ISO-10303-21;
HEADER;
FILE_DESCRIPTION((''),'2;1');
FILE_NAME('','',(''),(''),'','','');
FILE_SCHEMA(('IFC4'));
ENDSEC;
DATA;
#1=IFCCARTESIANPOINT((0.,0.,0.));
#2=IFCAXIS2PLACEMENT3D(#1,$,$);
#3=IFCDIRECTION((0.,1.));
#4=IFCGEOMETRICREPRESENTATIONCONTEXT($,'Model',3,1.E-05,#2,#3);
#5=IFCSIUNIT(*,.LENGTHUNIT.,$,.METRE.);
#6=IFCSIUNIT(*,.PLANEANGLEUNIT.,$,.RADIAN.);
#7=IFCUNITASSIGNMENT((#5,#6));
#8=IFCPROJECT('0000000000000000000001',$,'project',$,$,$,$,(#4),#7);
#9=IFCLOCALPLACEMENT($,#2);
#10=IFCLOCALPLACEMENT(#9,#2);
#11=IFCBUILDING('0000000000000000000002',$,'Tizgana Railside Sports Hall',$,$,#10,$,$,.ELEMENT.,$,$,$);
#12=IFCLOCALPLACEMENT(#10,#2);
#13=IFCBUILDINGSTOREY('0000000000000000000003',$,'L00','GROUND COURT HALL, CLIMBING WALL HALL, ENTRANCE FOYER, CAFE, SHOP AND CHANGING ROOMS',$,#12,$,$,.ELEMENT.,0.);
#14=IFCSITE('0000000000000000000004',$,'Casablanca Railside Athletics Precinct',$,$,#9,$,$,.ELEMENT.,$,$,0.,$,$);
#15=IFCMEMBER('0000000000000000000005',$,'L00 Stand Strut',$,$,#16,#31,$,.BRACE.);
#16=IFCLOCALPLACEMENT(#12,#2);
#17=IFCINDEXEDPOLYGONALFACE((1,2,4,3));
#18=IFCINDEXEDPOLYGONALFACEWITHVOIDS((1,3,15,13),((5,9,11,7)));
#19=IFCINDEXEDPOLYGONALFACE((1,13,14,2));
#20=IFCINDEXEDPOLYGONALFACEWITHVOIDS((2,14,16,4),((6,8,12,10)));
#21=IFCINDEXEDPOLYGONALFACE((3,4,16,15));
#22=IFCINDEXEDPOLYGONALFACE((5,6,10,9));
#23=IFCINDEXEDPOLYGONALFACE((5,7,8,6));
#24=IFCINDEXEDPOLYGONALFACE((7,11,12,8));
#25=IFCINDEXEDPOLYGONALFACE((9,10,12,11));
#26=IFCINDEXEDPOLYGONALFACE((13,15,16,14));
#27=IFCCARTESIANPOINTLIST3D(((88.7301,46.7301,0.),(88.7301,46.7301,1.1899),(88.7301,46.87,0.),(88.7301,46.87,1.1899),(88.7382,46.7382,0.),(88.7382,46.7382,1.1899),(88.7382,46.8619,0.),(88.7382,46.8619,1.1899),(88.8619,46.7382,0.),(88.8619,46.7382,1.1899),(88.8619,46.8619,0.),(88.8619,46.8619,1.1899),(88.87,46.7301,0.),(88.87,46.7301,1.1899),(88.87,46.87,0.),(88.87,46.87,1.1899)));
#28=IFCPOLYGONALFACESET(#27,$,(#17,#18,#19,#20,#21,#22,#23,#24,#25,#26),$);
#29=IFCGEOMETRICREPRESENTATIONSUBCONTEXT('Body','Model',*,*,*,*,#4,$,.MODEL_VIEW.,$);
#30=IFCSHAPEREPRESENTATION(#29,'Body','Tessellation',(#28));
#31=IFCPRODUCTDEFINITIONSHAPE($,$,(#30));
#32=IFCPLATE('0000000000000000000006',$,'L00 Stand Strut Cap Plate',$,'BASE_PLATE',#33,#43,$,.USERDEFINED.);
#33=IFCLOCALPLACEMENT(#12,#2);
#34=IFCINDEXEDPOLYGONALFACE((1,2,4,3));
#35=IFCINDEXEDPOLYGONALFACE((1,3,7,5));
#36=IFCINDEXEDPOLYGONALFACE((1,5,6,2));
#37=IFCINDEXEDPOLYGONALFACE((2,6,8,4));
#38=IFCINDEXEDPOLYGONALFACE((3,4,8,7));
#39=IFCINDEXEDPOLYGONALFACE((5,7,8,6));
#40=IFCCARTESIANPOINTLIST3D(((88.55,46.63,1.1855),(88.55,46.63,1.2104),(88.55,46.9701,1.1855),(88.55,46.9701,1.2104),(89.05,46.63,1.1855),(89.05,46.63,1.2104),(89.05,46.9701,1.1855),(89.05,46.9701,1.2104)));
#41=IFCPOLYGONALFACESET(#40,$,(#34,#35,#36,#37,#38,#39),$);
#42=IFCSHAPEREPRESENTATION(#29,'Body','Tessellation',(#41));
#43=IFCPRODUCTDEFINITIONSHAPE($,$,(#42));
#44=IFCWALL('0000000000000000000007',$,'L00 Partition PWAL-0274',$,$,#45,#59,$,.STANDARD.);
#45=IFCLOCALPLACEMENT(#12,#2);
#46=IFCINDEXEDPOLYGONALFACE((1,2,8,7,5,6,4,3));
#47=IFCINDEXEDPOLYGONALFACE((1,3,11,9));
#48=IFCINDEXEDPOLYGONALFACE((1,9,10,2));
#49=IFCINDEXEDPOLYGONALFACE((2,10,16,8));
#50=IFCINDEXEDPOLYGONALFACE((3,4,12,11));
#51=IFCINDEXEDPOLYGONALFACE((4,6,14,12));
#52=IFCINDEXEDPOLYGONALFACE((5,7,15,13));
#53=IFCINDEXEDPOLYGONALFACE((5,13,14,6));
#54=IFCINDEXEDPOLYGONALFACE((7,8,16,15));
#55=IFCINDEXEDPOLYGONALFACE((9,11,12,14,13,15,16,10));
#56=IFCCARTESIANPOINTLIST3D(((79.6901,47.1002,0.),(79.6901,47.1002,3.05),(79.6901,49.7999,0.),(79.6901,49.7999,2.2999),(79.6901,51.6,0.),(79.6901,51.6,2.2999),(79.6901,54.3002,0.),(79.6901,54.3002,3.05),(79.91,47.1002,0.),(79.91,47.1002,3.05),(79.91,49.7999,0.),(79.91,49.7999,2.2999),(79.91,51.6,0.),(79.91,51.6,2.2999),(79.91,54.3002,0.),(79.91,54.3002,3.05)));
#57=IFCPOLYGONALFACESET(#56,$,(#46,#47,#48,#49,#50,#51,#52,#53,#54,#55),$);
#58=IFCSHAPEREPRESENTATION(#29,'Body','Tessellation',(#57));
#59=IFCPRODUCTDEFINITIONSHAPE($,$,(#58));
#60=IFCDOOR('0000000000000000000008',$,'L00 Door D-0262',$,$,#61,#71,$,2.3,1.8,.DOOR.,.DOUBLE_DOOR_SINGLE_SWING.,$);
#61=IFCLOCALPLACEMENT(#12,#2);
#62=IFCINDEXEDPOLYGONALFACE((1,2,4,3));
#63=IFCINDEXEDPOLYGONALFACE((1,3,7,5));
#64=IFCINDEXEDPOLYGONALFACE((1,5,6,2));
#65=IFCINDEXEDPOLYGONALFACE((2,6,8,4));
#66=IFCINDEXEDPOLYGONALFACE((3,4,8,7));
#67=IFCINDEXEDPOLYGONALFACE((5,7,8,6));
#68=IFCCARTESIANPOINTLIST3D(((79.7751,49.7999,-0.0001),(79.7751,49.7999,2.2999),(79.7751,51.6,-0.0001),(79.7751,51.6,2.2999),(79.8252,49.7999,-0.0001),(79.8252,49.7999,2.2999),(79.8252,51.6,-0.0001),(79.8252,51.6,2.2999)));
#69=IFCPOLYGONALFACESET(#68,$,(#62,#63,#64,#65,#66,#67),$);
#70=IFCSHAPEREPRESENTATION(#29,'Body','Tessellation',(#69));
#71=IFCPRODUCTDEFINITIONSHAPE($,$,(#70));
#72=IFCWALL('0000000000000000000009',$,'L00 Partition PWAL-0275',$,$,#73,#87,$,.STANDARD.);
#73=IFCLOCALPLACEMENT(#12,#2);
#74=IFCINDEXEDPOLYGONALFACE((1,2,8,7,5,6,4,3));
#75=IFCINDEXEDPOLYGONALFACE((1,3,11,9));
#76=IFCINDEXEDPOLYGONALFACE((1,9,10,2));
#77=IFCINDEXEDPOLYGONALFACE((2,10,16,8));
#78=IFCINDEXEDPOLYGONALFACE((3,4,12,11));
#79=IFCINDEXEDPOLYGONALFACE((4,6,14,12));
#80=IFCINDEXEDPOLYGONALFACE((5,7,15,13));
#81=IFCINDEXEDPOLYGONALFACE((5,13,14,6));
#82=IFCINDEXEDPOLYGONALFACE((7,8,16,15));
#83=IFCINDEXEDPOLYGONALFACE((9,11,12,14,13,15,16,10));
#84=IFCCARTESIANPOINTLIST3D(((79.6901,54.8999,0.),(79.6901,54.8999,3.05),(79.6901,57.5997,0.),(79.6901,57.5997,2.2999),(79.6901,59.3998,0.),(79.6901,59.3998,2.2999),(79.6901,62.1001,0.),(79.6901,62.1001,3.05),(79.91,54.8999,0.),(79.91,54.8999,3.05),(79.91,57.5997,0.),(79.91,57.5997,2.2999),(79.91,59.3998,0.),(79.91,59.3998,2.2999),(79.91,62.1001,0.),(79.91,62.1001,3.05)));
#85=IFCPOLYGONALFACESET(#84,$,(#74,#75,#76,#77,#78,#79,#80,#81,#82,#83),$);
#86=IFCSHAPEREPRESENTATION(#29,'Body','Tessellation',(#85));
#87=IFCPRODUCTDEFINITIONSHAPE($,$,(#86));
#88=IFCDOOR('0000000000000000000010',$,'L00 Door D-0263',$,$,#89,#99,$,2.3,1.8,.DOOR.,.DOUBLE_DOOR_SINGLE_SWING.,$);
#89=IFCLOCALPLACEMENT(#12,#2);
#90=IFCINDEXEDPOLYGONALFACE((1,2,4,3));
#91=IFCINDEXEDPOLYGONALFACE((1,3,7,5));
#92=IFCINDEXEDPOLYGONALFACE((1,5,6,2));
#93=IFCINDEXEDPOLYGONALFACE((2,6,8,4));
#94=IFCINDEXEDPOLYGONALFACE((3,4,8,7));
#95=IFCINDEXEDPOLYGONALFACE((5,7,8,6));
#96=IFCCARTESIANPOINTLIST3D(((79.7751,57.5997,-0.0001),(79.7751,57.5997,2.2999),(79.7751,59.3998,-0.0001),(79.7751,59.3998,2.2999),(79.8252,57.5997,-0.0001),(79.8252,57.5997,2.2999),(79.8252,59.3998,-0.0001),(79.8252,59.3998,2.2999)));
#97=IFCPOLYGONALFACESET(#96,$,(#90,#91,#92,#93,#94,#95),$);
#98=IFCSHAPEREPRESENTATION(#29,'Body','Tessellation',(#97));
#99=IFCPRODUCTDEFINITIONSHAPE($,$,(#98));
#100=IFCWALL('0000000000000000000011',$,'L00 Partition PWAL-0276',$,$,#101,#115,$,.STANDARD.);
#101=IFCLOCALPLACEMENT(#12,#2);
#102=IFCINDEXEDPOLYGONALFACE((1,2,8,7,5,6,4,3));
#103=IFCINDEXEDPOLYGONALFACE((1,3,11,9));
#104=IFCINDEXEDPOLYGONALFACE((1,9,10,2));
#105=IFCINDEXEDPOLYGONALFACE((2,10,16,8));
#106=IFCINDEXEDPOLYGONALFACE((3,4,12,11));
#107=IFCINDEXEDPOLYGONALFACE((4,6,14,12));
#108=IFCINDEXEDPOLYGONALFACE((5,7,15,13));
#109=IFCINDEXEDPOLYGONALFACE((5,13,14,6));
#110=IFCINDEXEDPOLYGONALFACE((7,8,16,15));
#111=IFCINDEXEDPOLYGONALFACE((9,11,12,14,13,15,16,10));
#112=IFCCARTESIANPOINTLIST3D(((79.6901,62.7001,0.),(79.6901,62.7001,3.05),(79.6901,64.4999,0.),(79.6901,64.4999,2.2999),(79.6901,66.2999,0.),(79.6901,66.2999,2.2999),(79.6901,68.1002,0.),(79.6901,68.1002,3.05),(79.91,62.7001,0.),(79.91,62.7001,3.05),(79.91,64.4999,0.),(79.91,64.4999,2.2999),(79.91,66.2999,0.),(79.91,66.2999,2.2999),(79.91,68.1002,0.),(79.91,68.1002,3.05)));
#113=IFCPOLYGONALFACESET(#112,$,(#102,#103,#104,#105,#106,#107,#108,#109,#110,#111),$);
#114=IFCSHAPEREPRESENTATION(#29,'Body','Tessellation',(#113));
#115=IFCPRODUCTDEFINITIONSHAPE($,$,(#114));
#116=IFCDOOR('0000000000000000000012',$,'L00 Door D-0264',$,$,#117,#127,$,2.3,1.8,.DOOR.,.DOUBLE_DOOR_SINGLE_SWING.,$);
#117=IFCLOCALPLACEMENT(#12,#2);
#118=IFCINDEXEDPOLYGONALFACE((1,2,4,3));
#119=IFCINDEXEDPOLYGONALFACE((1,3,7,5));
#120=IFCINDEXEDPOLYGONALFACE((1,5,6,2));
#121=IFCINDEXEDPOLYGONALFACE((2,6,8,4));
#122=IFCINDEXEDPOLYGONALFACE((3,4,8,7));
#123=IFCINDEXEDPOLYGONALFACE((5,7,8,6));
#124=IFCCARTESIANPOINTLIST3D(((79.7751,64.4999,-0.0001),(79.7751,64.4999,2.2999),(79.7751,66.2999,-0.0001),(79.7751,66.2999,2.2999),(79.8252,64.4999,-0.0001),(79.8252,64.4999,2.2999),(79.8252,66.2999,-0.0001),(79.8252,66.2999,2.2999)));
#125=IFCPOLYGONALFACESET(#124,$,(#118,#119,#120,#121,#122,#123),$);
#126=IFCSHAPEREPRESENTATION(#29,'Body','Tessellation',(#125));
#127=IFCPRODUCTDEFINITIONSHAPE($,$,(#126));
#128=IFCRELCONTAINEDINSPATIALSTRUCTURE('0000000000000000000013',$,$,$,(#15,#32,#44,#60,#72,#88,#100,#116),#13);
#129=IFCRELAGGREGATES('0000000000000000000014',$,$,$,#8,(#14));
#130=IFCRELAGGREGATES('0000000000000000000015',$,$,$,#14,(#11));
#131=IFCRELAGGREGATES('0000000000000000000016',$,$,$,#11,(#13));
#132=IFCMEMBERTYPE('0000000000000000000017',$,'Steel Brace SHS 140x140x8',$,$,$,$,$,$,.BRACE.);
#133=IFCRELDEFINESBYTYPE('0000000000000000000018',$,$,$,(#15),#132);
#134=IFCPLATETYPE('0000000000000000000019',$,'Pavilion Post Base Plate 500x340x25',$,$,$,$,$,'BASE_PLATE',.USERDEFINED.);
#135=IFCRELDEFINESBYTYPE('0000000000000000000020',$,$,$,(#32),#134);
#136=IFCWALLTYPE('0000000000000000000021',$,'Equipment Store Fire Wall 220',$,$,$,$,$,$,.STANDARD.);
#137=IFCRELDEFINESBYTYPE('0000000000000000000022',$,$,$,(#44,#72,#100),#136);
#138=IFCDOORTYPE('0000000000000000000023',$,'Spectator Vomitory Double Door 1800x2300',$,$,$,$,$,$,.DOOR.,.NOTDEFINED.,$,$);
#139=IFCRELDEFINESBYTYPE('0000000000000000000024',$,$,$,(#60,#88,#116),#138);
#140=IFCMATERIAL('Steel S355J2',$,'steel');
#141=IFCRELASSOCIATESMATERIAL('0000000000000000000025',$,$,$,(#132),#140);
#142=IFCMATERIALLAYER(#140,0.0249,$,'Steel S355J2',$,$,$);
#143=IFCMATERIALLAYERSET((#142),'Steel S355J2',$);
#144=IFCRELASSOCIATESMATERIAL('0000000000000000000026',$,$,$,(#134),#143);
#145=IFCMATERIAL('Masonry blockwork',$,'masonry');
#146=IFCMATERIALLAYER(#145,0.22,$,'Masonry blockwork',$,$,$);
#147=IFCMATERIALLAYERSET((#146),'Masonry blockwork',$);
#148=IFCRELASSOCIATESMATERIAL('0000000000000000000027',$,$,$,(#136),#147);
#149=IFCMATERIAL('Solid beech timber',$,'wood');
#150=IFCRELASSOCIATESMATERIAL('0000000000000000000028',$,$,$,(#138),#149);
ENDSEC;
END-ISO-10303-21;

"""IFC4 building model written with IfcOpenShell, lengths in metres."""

from ifc_helpers import new_model, si_unit, direction, frame, frame_2d, origin, origin_2d, place, context, subcontext, project, spatial, rectangle, hollow_rectangle, extrude, material, layer, layer_set, material_profile, profile_set, type_object, element, fill, save


model = new_model("IFC4")

# Units and contexts
model_context = context("Model", 3, precision=1e-05, world=origin(), true_north=direction((0.0, 1.0)))
body_context = subcontext(model_context, "Body", "Model", "MODEL_VIEW")
ifc_project = project(units=[si_unit("LENGTHUNIT", "METRE"), si_unit("PLANEANGLEUNIT", "RADIAN")], contexts=[model_context])

# Site, building, storey
site_placement = place(None, origin())
site = spatial("IfcSite", under=ifc_project, at=site_placement, Name="Casablanca Railside Athletics Precinct", CompositionType="ELEMENT", RefElevation=0.0)
building_placement = place(site_placement, origin())
building = spatial("IfcBuilding", under=site, at=building_placement, Name="Tizgana Railside Sports Hall", CompositionType="ELEMENT")
storey_placement = place(building_placement, origin())
storey = spatial("IfcBuildingStorey", under=building, at=storey_placement, Name="L00", Description="GROUND COURT HALL, CLIMBING WALL HALL, ENTRANCE FOYER, CAFE, SHOP AND CHANGING ROOMS", CompositionType="ELEMENT", Elevation=0.0)

# Shared definitions
ifc_material_1 = material(Name="Steel S355J2", Category="steel")

# Member
ifc_material_profile_1 = material_profile(ifc_material_1, hollow_rectangle(XDim=0.1399, YDim=0.1399, WallThickness=0.0081, at=origin_2d()), Name="SHS 140x140x8")
ifc_profile_set_1 = profile_set([ifc_material_profile_1], Name="Steel S355J2")
member_type = type_object("IfcMemberType", Name="Steel Brace SHS 140x140x8", PredefinedType="BRACE", material=ifc_profile_set_1)
member_placement = place(storey_placement, frame((88.8, 46.8, 0.0), z_axis=(0.0, 0.0, 1.0), x_axis=(1.0, 0.0, 0.0)))
element("IfcMember", 1, at=member_placement, inside=storey, type_object=member_type, Name="L00 Stand Strut", PredefinedType="BRACE", context=body_context, shape_type="SweptSolid", body=[
    extrude(hollow_rectangle(XDim=0.1399, YDim=0.1399, WallThickness=0.0081, at=origin_2d()), origin(), (0.0, 0.0, 1.0), 1.1899),
])

# Plate
ifc_layer_1 = layer(ifc_material_1, 0.0249, Name="Steel S355J2")
ifc_layer_set_1 = layer_set([ifc_layer_1], Name="Steel S355J2")
plate_type = type_object("IfcPlateType", Name="Pavilion Post Base Plate 500x340x25", ElementType="BASE_PLATE", PredefinedType="USERDEFINED", material=ifc_layer_set_1)
plate_placement = place(storey_placement, frame((88.8, 46.8, 1.1855), z_axis=(0.0, 0.0, 1.0), x_axis=(1.0, 0.0, 0.0)))
element("IfcPlate", 2, at=plate_placement, inside=storey, type_object=plate_type, Name="L00 Stand Strut Cap Plate", ObjectType="BASE_PLATE", PredefinedType="USERDEFINED", context=body_context, shape_type="SweptSolid", body=[
    extrude(rectangle(XDim=0.5, YDim=0.3401, at=origin_2d()), origin(), (0.0, 0.0, 1.0), 0.0249),
])

# Walls, openings, doors
ifc_material_2 = material(Name="Masonry blockwork", Category="masonry")
ifc_layer_2 = layer(ifc_material_2, 0.22, Name="Masonry blockwork")
ifc_layer_set_2 = layer_set([ifc_layer_2], Name="Masonry blockwork")
wall_type = type_object("IfcWallType", Name="Equipment Store Fire Wall 220", PredefinedType="STANDARD", material=ifc_layer_set_2)
wall_1_placement = place(storey_placement, frame((79.8, 47.1001, 0.0), z_axis=(0.0, 0.0, 1.0), x_axis=(0.0, 1.0, 0.0)))
wall_1 = element("IfcWall", 3, at=wall_1_placement, inside=storey, type_object=wall_type, Name="L00 Partition PWAL-0274", PredefinedType="STANDARD", context=body_context, shape_type="SweptSolid", body=[
    extrude(rectangle(XDim=7.2, YDim=0.22, at=frame_2d((3.6001, 0.0))), origin(), (0.0, 0.0, 1.0), 3.05),
])
opening_1_placement = place(wall_1_placement, frame((2.7, 0.0, 0.0)))
opening_1 = element("IfcOpeningElement", 4, at=opening_1_placement, cuts=wall_1, PredefinedType="OPENING", context=body_context, shape_type="SweptSolid", body=[
    extrude(rectangle(XDim=1.8, YDim=2.3, at=frame_2d((0.8999, 1.1499))), frame((0.0, 0.1199, 0.0), z_axis=(0.0, -1.0, 0.0), x_axis=(1.0, 0.0, 0.0)), (0.0, 0.0, 1.0), 0.24),
])
ifc_material_3 = material(Name="Solid beech timber", Category="wood")
door_type = type_object("IfcDoorType", Name="Spectator Vomitory Double Door 1800x2300", OperationType="NOTDEFINED", PredefinedType="DOOR", material=ifc_material_3)
door_1_placement = place(opening_1_placement, origin())
door_1 = element("IfcDoor", 5, at=door_1_placement, inside=storey, type_object=door_type, Name="L00 Door D-0262", OperationType="DOUBLE_DOOR_SINGLE_SWING", OverallHeight=2.3, OverallWidth=1.8, PredefinedType="DOOR", context=body_context, shape_type="SweptSolid", body=[
    extrude(rectangle(XDim=1.8, YDim=2.3, at=frame_2d((0.8999, 1.1499))), frame((0.0, 0.0249, 0.0), z_axis=(0.0, -1.0, 0.0), x_axis=(1.0, 0.0, 0.0)), (0.0, 0.0, 1.0), 0.05),
])
fill(opening_1, door_1)
wall_2_placement = place(storey_placement, frame((79.8, 54.8999, 0.0), z_axis=(0.0, 0.0, 1.0), x_axis=(0.0, 1.0, 0.0)))
wall_2 = element("IfcWall", 6, at=wall_2_placement, inside=storey, type_object=wall_type, Name="L00 Partition PWAL-0275", PredefinedType="STANDARD", context=body_context, shape_type="SweptSolid", body=[
    extrude(rectangle(XDim=7.2002, YDim=0.22, at=frame_2d((3.6001, 0.0))), origin(), (0.0, 0.0, 1.0), 3.05),
])
opening_2_placement = place(wall_2_placement, frame((2.7, 0.0, 0.0)))
opening_2 = element("IfcOpeningElement", 7, at=opening_2_placement, cuts=wall_2, PredefinedType="OPENING", context=body_context, shape_type="SweptSolid", body=[
    extrude(rectangle(XDim=1.8, YDim=2.3, at=frame_2d((0.8999, 1.1499))), frame((0.0, 0.1199, 0.0), z_axis=(0.0, -1.0, 0.0), x_axis=(1.0, 0.0, 0.0)), (0.0, 0.0, 1.0), 0.24),
])
door_2_placement = place(opening_2_placement, origin())
door_2 = element("IfcDoor", 8, at=door_2_placement, inside=storey, type_object=door_type, Name="L00 Door D-0263", OperationType="DOUBLE_DOOR_SINGLE_SWING", OverallHeight=2.3, OverallWidth=1.8, PredefinedType="DOOR", context=body_context, shape_type="SweptSolid", body=[
    extrude(rectangle(XDim=1.8, YDim=2.3, at=frame_2d((0.8999, 1.1499))), frame((0.0, 0.0249, 0.0), z_axis=(0.0, -1.0, 0.0), x_axis=(1.0, 0.0, 0.0)), (0.0, 0.0, 1.0), 0.05),
])
fill(opening_2, door_2)
wall_3_placement = place(storey_placement, frame((79.8, 62.7, 0.0), z_axis=(0.0, 0.0, 1.0), x_axis=(0.0, 1.0, 0.0)))
wall_3 = element("IfcWall", 9, at=wall_3_placement, inside=storey, type_object=wall_type, Name="L00 Partition PWAL-0276", PredefinedType="STANDARD", context=body_context, shape_type="SweptSolid", body=[
    extrude(rectangle(XDim=5.4001, YDim=0.22, at=frame_2d((2.7002, 0.0))), origin(), (0.0, 0.0, 1.0), 3.05),
])
opening_3_placement = place(wall_3_placement, frame((1.8, 0.0, 0.0)))
opening_3 = element("IfcOpeningElement", 10, at=opening_3_placement, cuts=wall_3, PredefinedType="OPENING", context=body_context, shape_type="SweptSolid", body=[
    extrude(rectangle(XDim=1.8, YDim=2.3, at=frame_2d((0.8999, 1.1499))), frame((0.0, 0.1199, 0.0), z_axis=(0.0, -1.0, 0.0), x_axis=(1.0, 0.0, 0.0)), (0.0, 0.0, 1.0), 0.24),
])
door_3_placement = place(opening_3_placement, origin())
door_3 = element("IfcDoor", 11, at=door_3_placement, inside=storey, type_object=door_type, Name="L00 Door D-0264", OperationType="DOUBLE_DOOR_SINGLE_SWING", OverallHeight=2.3, OverallWidth=1.8, PredefinedType="DOOR", context=body_context, shape_type="SweptSolid", body=[
    extrude(rectangle(XDim=1.8, YDim=2.3, at=frame_2d((0.8999, 1.1499))), frame((0.0, 0.0249, 0.0), z_axis=(0.0, -1.0, 0.0), x_axis=(1.0, 0.0, 0.0)), (0.0, 0.0, 1.0), 0.05),
])
fill(opening_3, door_3)

save(model, "model.ifc")
